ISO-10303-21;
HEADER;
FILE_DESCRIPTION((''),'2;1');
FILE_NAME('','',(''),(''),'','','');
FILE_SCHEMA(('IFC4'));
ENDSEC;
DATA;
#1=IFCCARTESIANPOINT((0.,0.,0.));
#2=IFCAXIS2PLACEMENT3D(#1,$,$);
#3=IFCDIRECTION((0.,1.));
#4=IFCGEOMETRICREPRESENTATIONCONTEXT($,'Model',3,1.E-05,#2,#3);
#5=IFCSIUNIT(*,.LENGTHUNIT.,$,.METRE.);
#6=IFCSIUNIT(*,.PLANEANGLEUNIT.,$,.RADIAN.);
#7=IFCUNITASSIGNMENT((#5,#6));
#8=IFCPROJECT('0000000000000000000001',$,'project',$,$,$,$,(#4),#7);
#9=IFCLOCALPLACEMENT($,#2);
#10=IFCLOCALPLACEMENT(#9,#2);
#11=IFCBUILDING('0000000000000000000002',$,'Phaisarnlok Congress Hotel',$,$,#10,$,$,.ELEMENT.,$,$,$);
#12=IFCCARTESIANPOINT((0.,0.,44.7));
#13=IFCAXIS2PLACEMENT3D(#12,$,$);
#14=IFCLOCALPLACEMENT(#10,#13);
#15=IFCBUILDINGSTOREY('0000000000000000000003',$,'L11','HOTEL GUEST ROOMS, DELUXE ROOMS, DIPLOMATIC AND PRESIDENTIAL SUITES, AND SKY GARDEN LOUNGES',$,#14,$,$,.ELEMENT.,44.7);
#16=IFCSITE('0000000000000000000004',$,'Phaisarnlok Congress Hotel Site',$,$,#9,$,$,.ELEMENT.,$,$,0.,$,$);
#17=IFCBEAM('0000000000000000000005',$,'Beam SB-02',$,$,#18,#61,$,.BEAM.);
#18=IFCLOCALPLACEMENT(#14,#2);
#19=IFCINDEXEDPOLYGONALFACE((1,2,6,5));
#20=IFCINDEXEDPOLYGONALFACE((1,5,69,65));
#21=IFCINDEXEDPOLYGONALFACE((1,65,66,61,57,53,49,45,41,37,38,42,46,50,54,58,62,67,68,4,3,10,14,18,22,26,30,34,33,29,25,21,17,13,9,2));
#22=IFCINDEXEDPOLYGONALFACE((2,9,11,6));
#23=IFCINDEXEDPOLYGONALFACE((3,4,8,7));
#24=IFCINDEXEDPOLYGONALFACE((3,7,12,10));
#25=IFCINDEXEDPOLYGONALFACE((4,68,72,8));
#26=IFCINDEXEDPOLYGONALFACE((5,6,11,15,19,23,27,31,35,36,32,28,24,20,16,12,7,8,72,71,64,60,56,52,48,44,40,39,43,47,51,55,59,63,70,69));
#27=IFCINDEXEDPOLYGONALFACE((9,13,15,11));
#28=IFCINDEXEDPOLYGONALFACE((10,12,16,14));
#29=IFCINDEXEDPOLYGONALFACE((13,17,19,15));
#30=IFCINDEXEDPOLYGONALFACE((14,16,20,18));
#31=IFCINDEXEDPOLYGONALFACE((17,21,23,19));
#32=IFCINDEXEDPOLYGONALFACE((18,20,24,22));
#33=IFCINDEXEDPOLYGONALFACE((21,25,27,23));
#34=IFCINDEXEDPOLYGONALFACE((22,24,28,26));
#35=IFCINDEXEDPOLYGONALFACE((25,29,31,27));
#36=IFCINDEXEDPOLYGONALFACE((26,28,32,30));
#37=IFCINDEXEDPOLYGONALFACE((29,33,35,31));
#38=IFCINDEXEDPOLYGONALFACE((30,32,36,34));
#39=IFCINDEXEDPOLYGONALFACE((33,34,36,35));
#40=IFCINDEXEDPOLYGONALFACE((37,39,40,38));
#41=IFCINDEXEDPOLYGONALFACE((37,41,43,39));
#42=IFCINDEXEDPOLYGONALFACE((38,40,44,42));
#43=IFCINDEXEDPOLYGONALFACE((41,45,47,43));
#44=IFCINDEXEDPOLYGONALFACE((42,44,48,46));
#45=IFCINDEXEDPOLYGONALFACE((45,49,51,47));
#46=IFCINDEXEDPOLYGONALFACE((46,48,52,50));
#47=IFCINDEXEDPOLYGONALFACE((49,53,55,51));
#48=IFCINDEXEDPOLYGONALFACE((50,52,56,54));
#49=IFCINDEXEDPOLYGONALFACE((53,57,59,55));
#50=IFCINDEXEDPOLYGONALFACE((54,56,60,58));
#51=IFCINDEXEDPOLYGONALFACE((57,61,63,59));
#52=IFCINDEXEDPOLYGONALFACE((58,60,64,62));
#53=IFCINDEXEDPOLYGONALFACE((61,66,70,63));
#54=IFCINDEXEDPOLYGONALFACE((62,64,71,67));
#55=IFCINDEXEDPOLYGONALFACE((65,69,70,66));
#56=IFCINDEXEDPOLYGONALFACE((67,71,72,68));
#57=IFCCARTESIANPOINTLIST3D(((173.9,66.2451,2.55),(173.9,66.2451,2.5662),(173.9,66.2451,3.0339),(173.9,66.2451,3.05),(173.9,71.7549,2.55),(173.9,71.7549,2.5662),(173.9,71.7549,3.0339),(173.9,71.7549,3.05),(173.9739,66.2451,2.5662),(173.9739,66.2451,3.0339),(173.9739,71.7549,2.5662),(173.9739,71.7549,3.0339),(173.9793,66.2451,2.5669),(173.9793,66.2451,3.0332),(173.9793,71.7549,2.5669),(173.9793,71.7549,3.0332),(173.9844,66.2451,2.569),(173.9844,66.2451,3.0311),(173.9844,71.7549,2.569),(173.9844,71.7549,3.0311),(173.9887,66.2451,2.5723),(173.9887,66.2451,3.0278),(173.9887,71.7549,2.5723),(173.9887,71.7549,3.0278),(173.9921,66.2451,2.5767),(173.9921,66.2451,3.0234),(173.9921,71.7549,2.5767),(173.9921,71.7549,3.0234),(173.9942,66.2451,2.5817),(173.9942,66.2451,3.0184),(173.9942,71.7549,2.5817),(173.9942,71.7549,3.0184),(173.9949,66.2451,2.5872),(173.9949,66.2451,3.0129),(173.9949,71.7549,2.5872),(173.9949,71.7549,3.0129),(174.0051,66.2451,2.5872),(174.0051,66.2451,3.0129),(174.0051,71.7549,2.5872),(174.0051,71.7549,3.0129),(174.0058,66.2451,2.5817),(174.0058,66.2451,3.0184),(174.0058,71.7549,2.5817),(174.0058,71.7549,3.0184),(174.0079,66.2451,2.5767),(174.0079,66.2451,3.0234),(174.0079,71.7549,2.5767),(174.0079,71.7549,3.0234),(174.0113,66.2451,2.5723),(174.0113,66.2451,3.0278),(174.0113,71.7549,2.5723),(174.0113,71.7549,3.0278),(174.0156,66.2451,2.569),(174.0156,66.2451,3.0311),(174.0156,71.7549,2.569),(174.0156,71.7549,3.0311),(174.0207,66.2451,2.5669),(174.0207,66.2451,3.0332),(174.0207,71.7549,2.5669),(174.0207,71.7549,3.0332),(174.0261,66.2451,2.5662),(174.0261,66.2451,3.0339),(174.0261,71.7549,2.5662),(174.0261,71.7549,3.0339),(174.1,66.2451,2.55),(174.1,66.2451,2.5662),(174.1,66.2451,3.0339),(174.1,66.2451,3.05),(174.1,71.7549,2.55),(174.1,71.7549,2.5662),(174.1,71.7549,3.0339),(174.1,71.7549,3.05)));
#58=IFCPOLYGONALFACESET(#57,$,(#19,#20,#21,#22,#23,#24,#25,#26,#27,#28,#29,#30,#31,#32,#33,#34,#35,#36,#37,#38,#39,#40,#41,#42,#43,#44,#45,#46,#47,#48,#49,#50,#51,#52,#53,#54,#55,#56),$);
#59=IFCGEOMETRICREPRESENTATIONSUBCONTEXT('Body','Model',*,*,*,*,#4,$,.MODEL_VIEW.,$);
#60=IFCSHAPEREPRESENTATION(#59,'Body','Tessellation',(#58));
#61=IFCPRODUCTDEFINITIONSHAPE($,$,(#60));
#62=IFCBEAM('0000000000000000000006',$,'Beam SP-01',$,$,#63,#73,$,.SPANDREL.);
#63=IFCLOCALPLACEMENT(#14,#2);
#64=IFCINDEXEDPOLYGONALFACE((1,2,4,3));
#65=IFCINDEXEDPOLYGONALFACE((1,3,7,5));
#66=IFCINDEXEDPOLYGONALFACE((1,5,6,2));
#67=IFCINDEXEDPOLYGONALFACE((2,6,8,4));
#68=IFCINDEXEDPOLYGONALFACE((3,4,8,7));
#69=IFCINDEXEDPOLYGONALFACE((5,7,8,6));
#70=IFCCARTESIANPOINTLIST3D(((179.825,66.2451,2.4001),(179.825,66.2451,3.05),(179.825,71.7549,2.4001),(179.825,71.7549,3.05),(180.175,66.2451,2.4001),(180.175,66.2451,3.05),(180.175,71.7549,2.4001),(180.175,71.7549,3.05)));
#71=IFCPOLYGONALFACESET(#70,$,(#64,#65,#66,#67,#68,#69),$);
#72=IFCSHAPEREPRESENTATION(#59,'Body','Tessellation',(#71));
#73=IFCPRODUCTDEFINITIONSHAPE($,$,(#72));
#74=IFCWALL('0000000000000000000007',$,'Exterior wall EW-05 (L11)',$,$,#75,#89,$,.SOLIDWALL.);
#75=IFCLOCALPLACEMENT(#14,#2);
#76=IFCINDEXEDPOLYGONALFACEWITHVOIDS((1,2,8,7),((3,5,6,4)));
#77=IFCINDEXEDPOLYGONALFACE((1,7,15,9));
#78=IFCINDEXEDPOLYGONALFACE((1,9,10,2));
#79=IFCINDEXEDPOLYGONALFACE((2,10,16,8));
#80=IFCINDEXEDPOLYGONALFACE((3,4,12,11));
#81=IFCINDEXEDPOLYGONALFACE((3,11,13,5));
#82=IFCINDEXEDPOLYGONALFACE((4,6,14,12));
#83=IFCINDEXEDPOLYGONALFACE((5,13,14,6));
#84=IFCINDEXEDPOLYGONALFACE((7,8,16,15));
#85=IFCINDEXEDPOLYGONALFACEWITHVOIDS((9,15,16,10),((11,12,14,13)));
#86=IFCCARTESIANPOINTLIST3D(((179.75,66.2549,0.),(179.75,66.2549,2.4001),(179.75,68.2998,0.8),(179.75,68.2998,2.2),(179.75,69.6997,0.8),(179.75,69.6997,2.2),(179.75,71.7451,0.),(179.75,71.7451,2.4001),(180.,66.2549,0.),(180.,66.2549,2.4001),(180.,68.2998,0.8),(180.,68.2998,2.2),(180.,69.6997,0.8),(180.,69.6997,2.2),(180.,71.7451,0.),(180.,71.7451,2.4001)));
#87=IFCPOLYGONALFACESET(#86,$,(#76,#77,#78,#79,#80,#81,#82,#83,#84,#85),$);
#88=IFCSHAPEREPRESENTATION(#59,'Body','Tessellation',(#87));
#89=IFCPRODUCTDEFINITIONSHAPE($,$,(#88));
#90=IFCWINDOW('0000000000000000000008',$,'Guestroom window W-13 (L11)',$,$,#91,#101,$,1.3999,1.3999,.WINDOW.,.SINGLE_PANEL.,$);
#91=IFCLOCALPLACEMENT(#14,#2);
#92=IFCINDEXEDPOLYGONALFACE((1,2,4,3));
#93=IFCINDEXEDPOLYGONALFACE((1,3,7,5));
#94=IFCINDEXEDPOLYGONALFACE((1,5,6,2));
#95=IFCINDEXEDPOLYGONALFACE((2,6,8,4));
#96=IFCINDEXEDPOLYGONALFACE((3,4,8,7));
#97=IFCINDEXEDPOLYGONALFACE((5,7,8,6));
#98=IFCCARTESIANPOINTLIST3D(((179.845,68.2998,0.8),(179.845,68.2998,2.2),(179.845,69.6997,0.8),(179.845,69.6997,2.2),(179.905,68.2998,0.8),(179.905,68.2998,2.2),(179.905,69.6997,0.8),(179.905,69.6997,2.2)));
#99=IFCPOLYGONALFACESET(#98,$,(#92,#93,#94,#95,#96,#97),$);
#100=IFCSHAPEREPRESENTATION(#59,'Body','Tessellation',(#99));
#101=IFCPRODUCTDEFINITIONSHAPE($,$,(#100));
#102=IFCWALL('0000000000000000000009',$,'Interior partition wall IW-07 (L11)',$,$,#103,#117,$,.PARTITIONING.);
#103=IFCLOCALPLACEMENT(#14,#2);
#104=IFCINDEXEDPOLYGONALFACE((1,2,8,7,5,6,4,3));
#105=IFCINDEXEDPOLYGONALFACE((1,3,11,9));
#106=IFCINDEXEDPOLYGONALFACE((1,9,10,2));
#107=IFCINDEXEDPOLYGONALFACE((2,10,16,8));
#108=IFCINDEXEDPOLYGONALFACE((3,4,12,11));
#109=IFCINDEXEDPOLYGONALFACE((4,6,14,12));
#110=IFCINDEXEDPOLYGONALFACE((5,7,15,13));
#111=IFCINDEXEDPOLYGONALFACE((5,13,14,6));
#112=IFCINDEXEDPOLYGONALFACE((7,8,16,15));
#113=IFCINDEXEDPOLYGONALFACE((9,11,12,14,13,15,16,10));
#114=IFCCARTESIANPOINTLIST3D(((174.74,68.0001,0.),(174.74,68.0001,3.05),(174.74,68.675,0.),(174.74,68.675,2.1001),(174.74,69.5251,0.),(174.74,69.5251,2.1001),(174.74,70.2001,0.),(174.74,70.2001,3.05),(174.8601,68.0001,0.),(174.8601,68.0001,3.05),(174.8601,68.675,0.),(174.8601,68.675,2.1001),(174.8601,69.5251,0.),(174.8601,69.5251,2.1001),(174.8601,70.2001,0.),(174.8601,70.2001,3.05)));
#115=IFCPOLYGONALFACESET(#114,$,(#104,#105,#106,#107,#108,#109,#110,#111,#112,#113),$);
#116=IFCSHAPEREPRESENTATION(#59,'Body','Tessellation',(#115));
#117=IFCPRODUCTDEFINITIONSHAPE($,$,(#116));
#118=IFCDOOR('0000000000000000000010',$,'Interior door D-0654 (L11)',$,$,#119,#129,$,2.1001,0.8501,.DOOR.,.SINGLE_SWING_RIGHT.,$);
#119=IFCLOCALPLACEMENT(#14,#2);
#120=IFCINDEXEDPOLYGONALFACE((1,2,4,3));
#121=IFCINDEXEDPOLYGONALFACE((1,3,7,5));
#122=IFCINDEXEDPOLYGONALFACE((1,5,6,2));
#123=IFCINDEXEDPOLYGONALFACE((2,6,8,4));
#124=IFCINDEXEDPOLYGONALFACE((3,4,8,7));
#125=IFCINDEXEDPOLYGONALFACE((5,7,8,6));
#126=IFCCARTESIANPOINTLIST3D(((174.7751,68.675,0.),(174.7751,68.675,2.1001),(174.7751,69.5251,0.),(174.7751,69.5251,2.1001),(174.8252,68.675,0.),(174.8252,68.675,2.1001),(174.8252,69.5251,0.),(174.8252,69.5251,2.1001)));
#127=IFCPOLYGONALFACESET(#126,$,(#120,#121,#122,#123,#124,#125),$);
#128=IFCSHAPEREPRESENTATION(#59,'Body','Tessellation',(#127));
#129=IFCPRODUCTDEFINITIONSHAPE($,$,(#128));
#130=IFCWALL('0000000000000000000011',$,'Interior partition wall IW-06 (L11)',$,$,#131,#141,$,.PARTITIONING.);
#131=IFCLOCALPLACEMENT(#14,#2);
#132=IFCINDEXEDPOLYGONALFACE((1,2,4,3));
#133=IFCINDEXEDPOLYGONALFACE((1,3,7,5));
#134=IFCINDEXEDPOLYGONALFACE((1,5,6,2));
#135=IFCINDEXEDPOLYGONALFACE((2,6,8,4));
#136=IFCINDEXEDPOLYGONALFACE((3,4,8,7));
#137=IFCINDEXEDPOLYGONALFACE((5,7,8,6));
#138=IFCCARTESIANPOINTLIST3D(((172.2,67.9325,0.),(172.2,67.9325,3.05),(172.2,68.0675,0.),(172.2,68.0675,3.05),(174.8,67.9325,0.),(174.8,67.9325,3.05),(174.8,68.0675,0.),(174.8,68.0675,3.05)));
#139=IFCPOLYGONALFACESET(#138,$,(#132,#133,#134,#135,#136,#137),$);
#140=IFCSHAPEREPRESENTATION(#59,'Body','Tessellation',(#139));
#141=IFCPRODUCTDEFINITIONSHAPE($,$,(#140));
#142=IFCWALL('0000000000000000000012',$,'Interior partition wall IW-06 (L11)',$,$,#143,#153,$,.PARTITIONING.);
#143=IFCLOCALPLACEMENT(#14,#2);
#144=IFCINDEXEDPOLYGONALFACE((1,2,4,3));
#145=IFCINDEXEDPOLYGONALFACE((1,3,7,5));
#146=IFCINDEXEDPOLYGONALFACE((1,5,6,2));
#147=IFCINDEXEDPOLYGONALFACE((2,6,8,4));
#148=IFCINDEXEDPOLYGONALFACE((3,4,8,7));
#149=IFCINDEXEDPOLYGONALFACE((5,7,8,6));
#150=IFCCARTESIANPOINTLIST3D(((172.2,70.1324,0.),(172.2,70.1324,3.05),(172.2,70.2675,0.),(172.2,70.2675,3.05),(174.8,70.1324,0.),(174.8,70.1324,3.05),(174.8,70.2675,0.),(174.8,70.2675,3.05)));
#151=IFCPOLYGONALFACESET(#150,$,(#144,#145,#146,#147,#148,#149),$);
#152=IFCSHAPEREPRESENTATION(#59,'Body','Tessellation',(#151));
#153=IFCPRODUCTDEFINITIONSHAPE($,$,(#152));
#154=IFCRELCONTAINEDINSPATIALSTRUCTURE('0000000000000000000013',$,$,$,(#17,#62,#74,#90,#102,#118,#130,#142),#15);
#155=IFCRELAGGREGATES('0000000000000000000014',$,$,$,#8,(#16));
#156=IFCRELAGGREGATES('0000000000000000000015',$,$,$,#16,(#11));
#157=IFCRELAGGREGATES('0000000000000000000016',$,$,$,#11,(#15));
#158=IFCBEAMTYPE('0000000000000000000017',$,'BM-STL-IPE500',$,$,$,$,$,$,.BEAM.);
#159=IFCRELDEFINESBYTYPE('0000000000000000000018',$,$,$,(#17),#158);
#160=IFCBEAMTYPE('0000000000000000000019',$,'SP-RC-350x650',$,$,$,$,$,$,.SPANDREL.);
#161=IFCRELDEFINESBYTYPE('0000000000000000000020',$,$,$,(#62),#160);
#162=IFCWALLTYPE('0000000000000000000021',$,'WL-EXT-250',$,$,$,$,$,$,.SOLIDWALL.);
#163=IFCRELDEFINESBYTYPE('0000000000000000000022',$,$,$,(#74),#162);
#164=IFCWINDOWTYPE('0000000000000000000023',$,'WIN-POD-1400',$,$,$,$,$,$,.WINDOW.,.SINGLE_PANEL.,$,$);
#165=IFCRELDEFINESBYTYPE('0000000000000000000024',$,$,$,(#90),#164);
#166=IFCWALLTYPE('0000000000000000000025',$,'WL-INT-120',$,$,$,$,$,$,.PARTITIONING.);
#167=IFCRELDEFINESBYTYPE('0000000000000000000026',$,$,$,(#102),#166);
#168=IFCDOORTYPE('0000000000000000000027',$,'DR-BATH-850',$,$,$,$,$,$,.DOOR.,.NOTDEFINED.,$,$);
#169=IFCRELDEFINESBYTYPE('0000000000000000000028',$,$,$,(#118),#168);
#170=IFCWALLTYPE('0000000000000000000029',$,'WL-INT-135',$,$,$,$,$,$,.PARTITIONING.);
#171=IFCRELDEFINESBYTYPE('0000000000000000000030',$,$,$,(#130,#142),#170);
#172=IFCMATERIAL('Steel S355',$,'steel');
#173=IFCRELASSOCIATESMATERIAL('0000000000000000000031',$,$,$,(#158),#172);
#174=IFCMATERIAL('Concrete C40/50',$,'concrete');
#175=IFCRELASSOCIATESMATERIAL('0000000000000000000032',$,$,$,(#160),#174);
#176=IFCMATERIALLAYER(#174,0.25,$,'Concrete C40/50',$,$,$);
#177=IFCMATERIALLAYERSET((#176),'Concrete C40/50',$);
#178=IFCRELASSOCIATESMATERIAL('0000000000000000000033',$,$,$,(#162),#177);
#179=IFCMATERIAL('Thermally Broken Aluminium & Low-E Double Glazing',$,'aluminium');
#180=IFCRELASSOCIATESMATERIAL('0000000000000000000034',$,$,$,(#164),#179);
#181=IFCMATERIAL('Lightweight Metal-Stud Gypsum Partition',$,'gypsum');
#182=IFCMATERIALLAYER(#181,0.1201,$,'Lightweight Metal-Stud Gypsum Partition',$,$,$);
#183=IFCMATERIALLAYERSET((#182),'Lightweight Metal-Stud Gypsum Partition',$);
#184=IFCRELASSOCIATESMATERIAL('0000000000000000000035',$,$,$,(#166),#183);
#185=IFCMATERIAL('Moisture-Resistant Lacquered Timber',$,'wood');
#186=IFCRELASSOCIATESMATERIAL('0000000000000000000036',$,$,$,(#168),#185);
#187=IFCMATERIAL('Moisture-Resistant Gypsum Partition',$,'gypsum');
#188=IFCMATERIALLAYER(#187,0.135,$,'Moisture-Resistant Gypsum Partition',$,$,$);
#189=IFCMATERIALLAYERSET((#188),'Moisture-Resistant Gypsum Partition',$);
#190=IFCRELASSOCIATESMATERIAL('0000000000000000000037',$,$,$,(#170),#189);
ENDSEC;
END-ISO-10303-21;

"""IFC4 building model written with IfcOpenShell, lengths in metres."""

from ifc_helpers import new_model, si_unit, direction, frame, frame_2d, origin, origin_2d, place, context, subcontext, project, spatial, rectangle, i_section, extrude, material, layer, layer_set, material_profile, profile_set, type_object, element, fill, save


model = new_model("IFC4")

# Units and contexts
model_context = context("Model", 3, precision=1e-05, world=origin(), true_north=direction((0.0, 1.0)))
body_context = subcontext(model_context, "Body", "Model", "MODEL_VIEW")
ifc_project = project(units=[si_unit("LENGTHUNIT", "METRE"), si_unit("PLANEANGLEUNIT", "RADIAN")], contexts=[model_context])

# Site, building, storey
site_placement = place(None, origin())
site = spatial("IfcSite", under=ifc_project, at=site_placement, Name="Phaisarnlok Congress Hotel Site", CompositionType="ELEMENT", RefElevation=0.0)
building_placement = place(site_placement, origin())
building = spatial("IfcBuilding", under=site, at=building_placement, Name="Phaisarnlok Congress Hotel", CompositionType="ELEMENT")
storey_placement = place(building_placement, frame((0.0, 0.0, 44.7)))
storey = spatial("IfcBuildingStorey", under=building, at=storey_placement, Name="L11", Description="HOTEL GUEST ROOMS, DELUXE ROOMS, DIPLOMATIC AND PRESIDENTIAL SUITES, AND SKY GARDEN LOUNGES", CompositionType="ELEMENT", Elevation=44.7)

# Beams
ifc_material_1 = material(Name="Steel S355", Category="steel")
ifc_material_profile_1 = material_profile(ifc_material_1, i_section(OverallWidth=0.2, OverallDepth=0.5, WebThickness=0.0103, FlangeThickness=0.0161, FilletRadius=0.021, at=origin_2d()), Name="IPE 500")
ifc_profile_set_1 = profile_set([ifc_material_profile_1], Name="Steel S355")
beam_type_1 = type_object("IfcBeamType", Name="BM-STL-IPE500", PredefinedType="BEAM", material=ifc_profile_set_1)
beam_1_placement = place(storey_placement, frame((174.0, 66.2451, 2.8), z_axis=(0.0, 1.0, 0.0), x_axis=(-1.0, 0.0, 0.0)))
element("IfcBeam", 1, at=beam_1_placement, inside=storey, type_object=beam_type_1, Name="Beam SB-02", PredefinedType="BEAM", context=body_context, shape_type="SweptSolid", body=[
    extrude(i_section(OverallWidth=0.2, OverallDepth=0.5, WebThickness=0.0103, FlangeThickness=0.0161, FilletRadius=0.021, at=origin_2d()), origin(), (0.0, 0.0, 1.0), 5.5098),
])
ifc_material_2 = material(Name="Concrete C40/50", Category="concrete")
ifc_material_profile_2 = material_profile(ifc_material_2, rectangle(XDim=0.3501, YDim=0.6499, at=origin_2d()), Name="RC 350x650")
ifc_profile_set_2 = profile_set([ifc_material_profile_2], Name="Concrete C40/50")
beam_type_2 = type_object("IfcBeamType", Name="SP-RC-350x650", PredefinedType="SPANDREL", material=ifc_profile_set_2)
beam_2_placement = place(storey_placement, frame((180.0, 66.2451, 2.7251), z_axis=(0.0, 1.0, 0.0), x_axis=(-1.0, 0.0, 0.0)))
element("IfcBeam", 2, at=beam_2_placement, inside=storey, type_object=beam_type_2, Name="Beam SP-01", PredefinedType="SPANDREL", context=body_context, shape_type="SweptSolid", body=[
    extrude(rectangle(XDim=0.3501, YDim=0.6499, at=origin_2d()), origin(), (0.0, 0.0, 1.0), 5.5098),
])

# Wall, opening, window
ifc_layer_1 = layer(ifc_material_2, 0.25, Name="Concrete C40/50")
ifc_layer_set_1 = layer_set([ifc_layer_1], Name="Concrete C40/50")
wall_type_1 = type_object("IfcWallType", Name="WL-EXT-250", PredefinedType="SOLIDWALL", material=ifc_layer_set_1)
wall_1_placement = place(storey_placement, frame((179.875, 66.2549, 0.0), z_axis=(0.0, 0.0, 1.0), x_axis=(0.0, 1.0, 0.0)))
wall_1 = element("IfcWall", 3, at=wall_1_placement, inside=storey, type_object=wall_type_1, Name="Exterior wall EW-05 (L11)", PredefinedType="SOLIDWALL", context=body_context, shape_type="SweptSolid", body=[
    extrude(rectangle(XDim=5.4902, YDim=0.25, at=frame_2d((2.7451, 0.0))), origin(), (0.0, 0.0, 1.0), 2.4001),
])
opening_1_placement = place(wall_1_placement, frame((2.0449, 0.0, 0.8)))
opening_1 = element("IfcOpeningElement", 4, at=opening_1_placement, cuts=wall_1, PredefinedType="OPENING", context=body_context, shape_type="SweptSolid", body=[
    extrude(rectangle(XDim=1.3999, YDim=1.3999, at=frame_2d((0.7, 0.7))), frame((0.0, 0.135, 0.0), z_axis=(0.0, -1.0, 0.0), x_axis=(1.0, 0.0, 0.0)), (0.0, 0.0, 1.0), 0.27),
])
ifc_material_3 = material(Name="Thermally Broken Aluminium & Low-E Double Glazing", Category="aluminium")
window_type = type_object("IfcWindowType", Name="WIN-POD-1400", PartitioningType="SINGLE_PANEL", PredefinedType="WINDOW", material=ifc_material_3)
window_placement = place(opening_1_placement, origin())
window = element("IfcWindow", 5, at=window_placement, inside=storey, type_object=window_type, Name="Guestroom window W-13 (L11)", OverallHeight=1.3999, OverallWidth=1.3999, PartitioningType="SINGLE_PANEL", PredefinedType="WINDOW", context=body_context, shape_type="SweptSolid", body=[
    extrude(rectangle(XDim=1.3999, YDim=1.3999, at=frame_2d((0.7, 0.7))), frame((0.0, 0.03, 0.0), z_axis=(0.0, -1.0, 0.0), x_axis=(1.0, 0.0, 0.0)), (0.0, 0.0, 1.0), 0.0601),
])
fill(opening_1, window)

# Wall, opening, door
ifc_material_4 = material(Name="Lightweight Metal-Stud Gypsum Partition", Category="gypsum")
ifc_layer_2 = layer(ifc_material_4, 0.1201, Name="Lightweight Metal-Stud Gypsum Partition")
ifc_layer_set_2 = layer_set([ifc_layer_2], Name="Lightweight Metal-Stud Gypsum Partition")
wall_type_2 = type_object("IfcWallType", Name="WL-INT-120", PredefinedType="PARTITIONING", material=ifc_layer_set_2)
wall_2_placement = place(storey_placement, frame((174.8, 68.0, 0.0), z_axis=(0.0, 0.0, 1.0), x_axis=(0.0, 1.0, 0.0)))
wall_2 = element("IfcWall", 6, at=wall_2_placement, inside=storey, type_object=wall_type_2, Name="Interior partition wall IW-07 (L11)", PredefinedType="PARTITIONING", context=body_context, shape_type="SweptSolid", body=[
    extrude(rectangle(XDim=2.2, YDim=0.1201, at=frame_2d((1.1001, 0.0))), origin(), (0.0, 0.0, 1.0), 3.05),
])
opening_2_placement = place(wall_2_placement, frame((0.675, 0.0, 0.0)))
opening_2 = element("IfcOpeningElement", 7, at=opening_2_placement, cuts=wall_2, PredefinedType="OPENING", context=body_context, shape_type="SweptSolid", body=[
    extrude(rectangle(XDim=0.8501, YDim=2.1001, at=frame_2d((0.425, 1.05))), frame((0.0, 0.0701, 0.0), z_axis=(0.0, -1.0, 0.0), x_axis=(1.0, 0.0, 0.0)), (0.0, 0.0, 1.0), 0.1401),
])
ifc_material_5 = material(Name="Moisture-Resistant Lacquered Timber", Category="wood")
door_type_1 = type_object("IfcDoorType", Name="DR-BATH-850", OperationType="NOTDEFINED", PredefinedType="DOOR", material=ifc_material_5)
door_1_placement = place(opening_2_placement, origin())
door_1 = element("IfcDoor", 8, at=door_1_placement, inside=storey, type_object=door_type_1, Name="Interior door D-0654 (L11)", OperationType="SINGLE_SWING_RIGHT", OverallHeight=2.1001, OverallWidth=0.8501, PredefinedType="DOOR", context=body_context, shape_type="SweptSolid", body=[
    extrude(rectangle(XDim=0.8501, YDim=2.1001, at=frame_2d((0.425, 1.05))), frame((0.0, 0.0249, 0.0), z_axis=(0.0, -1.0, 0.0), x_axis=(1.0, 0.0, 0.0)), (0.0, 0.0, 1.0), 0.05),
])
fill(opening_2, door_1)

# Walls
ifc_material_6 = material(Name="Moisture-Resistant Gypsum Partition", Category="gypsum")
ifc_layer_3 = layer(ifc_material_6, 0.135, Name="Moisture-Resistant Gypsum Partition")
ifc_layer_set_3 = layer_set([ifc_layer_3], Name="Moisture-Resistant Gypsum Partition")
wall_type_3 = type_object("IfcWallType", Name="WL-INT-135", PredefinedType="PARTITIONING", material=ifc_layer_set_3)
for number, where, z_axis, x_axis, name in (
    (9, (172.2, 68.0, 0.0), (0.0, 0.0, 1.0), (1.0, 0.0, 0.0), "Interior partition wall IW-06 (L11)"),
    (10, (172.2, 70.2, 0.0), (0.0, 0.0, 1.0), (1.0, 0.0, 0.0), "Interior partition wall IW-06 (L11)"),
):
    element("IfcWall", number, at=place(storey_placement, frame(where, z_axis=z_axis, x_axis=x_axis)), inside=storey, type_object=wall_type_3, Name=name, PredefinedType="PARTITIONING", context=body_context, shape_type="SweptSolid", body=[
        extrude(rectangle(XDim=2.6001, YDim=0.135, at=frame_2d((1.3, 0.0))), origin(), (0.0, 0.0, 1.0), 3.05),
    ])

save(model, "model.ifc")
